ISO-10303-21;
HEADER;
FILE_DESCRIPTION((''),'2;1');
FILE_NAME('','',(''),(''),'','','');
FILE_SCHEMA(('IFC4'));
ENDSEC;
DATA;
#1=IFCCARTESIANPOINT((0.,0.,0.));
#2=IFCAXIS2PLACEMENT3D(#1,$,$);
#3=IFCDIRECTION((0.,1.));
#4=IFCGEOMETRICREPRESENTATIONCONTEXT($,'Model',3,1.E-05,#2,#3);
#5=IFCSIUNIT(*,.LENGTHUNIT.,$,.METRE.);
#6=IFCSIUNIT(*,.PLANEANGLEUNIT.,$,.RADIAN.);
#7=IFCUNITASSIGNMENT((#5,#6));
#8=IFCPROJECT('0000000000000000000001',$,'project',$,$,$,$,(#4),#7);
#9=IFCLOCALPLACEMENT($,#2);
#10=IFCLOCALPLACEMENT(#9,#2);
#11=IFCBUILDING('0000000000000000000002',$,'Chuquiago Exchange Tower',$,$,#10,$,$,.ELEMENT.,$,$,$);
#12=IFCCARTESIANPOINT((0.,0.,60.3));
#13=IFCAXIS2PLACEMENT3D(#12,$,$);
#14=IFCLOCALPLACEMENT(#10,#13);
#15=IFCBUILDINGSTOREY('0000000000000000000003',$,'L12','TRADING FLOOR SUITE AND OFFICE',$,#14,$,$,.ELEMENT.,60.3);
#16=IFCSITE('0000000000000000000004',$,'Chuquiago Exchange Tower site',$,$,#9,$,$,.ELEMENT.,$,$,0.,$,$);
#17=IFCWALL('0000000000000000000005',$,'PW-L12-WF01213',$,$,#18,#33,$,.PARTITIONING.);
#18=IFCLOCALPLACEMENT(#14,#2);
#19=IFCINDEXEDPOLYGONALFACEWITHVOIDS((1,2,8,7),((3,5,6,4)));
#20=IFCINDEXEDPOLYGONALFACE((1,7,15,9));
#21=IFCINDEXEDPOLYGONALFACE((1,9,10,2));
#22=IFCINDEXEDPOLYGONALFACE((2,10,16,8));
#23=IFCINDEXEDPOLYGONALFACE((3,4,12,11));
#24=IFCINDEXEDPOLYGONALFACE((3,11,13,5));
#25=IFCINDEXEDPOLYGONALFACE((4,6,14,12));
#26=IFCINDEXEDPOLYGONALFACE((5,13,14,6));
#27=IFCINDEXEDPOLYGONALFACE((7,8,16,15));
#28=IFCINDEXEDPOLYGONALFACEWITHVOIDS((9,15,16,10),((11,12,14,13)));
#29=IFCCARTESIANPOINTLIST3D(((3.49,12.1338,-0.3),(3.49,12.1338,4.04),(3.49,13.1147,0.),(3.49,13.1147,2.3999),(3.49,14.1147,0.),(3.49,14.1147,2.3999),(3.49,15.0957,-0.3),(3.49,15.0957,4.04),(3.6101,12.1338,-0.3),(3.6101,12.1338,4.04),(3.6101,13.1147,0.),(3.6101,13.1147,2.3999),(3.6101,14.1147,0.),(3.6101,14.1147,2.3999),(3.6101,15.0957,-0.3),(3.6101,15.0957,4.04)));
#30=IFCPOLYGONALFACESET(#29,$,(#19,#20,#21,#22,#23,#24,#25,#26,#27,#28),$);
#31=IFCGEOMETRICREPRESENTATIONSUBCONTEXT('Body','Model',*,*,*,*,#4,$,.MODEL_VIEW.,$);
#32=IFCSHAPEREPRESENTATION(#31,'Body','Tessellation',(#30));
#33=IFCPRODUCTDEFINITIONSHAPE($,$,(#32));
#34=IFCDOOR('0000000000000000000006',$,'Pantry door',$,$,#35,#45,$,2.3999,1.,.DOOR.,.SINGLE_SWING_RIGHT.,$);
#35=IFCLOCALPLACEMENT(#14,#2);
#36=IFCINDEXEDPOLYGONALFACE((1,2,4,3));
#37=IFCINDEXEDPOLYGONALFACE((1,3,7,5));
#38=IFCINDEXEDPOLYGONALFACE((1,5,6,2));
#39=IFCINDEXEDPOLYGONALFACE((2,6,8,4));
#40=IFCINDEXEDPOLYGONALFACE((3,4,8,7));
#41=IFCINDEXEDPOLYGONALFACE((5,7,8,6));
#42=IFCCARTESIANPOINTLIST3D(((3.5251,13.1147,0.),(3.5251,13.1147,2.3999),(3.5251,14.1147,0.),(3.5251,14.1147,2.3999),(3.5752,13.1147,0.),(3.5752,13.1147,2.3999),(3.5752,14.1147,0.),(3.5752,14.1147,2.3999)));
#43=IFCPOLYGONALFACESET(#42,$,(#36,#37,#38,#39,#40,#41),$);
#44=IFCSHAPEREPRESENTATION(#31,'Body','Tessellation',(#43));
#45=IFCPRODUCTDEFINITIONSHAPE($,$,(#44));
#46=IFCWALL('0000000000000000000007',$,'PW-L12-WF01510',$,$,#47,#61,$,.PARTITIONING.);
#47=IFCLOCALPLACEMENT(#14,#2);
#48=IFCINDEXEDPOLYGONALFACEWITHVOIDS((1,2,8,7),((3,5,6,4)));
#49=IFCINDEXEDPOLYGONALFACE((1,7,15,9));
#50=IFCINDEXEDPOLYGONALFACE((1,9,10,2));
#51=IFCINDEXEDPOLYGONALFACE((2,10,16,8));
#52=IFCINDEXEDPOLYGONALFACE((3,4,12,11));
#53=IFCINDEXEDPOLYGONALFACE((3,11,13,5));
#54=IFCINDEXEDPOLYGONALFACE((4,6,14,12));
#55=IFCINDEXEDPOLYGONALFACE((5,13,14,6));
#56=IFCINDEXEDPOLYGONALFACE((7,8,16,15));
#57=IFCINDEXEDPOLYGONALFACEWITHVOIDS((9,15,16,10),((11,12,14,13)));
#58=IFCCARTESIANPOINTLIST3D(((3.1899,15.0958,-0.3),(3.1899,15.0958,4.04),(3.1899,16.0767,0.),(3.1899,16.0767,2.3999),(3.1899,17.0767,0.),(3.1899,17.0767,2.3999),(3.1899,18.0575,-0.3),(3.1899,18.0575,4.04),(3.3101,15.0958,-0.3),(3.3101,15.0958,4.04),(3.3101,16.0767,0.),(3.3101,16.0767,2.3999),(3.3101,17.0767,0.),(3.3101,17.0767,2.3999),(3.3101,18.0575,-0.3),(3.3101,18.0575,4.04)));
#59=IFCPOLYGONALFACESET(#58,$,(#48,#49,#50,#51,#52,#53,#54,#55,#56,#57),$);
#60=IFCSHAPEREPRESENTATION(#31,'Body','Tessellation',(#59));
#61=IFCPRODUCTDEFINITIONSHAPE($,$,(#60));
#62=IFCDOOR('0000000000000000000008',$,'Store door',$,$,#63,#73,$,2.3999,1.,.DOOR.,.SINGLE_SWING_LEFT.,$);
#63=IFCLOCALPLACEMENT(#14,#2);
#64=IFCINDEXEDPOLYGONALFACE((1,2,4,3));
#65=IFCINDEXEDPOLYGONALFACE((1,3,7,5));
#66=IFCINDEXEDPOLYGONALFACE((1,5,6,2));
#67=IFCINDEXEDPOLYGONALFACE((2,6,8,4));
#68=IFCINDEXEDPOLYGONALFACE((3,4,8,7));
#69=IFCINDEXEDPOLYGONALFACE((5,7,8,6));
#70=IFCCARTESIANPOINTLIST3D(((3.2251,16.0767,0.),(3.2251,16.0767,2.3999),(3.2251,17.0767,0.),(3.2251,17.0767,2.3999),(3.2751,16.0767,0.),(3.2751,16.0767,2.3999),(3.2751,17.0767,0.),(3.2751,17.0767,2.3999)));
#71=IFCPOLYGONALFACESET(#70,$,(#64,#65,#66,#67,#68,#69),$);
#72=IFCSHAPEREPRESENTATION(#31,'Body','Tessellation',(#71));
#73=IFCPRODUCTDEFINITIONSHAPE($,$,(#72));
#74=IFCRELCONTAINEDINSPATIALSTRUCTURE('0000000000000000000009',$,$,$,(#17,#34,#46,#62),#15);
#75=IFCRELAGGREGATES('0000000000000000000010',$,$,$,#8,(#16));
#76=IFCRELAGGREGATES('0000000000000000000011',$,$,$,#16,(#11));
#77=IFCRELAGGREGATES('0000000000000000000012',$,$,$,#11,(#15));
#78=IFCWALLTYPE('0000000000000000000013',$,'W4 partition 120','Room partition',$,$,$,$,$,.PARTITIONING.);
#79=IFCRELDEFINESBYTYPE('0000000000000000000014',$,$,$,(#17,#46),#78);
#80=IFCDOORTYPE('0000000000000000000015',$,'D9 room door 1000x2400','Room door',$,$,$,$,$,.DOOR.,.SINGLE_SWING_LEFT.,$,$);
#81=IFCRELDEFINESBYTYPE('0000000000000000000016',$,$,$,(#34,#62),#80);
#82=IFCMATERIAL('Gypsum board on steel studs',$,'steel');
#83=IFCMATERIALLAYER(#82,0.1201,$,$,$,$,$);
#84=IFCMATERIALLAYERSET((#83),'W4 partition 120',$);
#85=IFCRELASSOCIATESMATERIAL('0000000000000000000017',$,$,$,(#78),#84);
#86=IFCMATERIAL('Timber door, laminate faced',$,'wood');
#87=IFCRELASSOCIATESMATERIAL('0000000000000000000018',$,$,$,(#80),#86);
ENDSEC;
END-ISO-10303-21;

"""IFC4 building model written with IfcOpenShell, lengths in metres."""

from ifc_helpers import new_model, si_unit, direction, frame, frame_2d, origin, place, context, subcontext, project, spatial, rectangle, extrude, material, layer, layer_set, type_object, element, fill, save


model = new_model("IFC4")

# Units and contexts
model_context = context("Model", 3, precision=1e-05, world=origin(), true_north=direction((0.0, 1.0)))
body_context = subcontext(model_context, "Body", "Model", "MODEL_VIEW")
ifc_project = project(units=[si_unit("LENGTHUNIT", "METRE"), si_unit("PLANEANGLEUNIT", "RADIAN")], contexts=[model_context])

# Site, building, storey
site_placement = place(None, origin())
site = spatial("IfcSite", under=ifc_project, at=site_placement, Name="Chuquiago Exchange Tower site", CompositionType="ELEMENT", RefElevation=0.0)
building_placement = place(site_placement, origin())
building = spatial("IfcBuilding", under=site, at=building_placement, Name="Chuquiago Exchange Tower", CompositionType="ELEMENT")
storey_placement = place(building_placement, frame((0.0, 0.0, 60.3)))
storey = spatial("IfcBuildingStorey", under=building, at=storey_placement, Name="L12", Description="TRADING FLOOR SUITE AND OFFICE", CompositionType="ELEMENT", Elevation=60.3)

# Shared definitions
ifc_material_1 = material(Name="Gypsum board on steel studs", Category="steel")
ifc_layer_1 = layer(ifc_material_1, 0.1201)
ifc_layer_set_1 = layer_set([ifc_layer_1], Name="W4 partition 120")
wall_type_1 = type_object("IfcWallType", Name="W4 partition 120", Description="Room partition", PredefinedType="PARTITIONING", material=ifc_layer_set_1)

# Shared definitions
ifc_material_2 = material(Name="Timber door, laminate faced", Category="wood")
door_type_1 = type_object("IfcDoorType", Name="D9 room door 1000x2400", Description="Room door", OperationType="SINGLE_SWING_LEFT", PredefinedType="DOOR", material=ifc_material_2)

# Walls, openings, doors
wall_1_placement = place(storey_placement, frame((3.55, 12.1338, -0.3), z_axis=(0.0, 0.0, 1.0), x_axis=(0.0, 1.0, 0.0)))
wall_1 = element("IfcWall", 1, at=wall_1_placement, inside=storey, type_object=wall_type_1, Name="PW-L12-WF01213", PredefinedType="PARTITIONING", context=body_context, shape_type="SweptSolid", body=[
    extrude(rectangle(XDim=2.9619, YDim=0.1201, at=frame_2d((1.481, 0.0))), origin(), (0.0, 0.0, 1.0), 4.3401),
])
opening_1_placement = place(wall_1_placement, frame((0.981, 0.0, 0.3)))
opening_1 = element("IfcOpeningElement", 2, at=opening_1_placement, cuts=wall_1, PredefinedType="OPENING", context=body_context, shape_type="SweptSolid", body=[
    extrude(rectangle(XDim=1.0, YDim=2.3999, at=frame_2d((0.5, 1.2))), frame((0.0, 0.0701, 0.0), z_axis=(0.0, -1.0, 0.0), x_axis=(1.0, 0.0, 0.0)), (0.0, 0.0, 1.0), 0.1401),
])
door_1_placement = place(opening_1_placement, origin())
door_1 = element("IfcDoor", 3, at=door_1_placement, inside=storey, type_object=door_type_1, Name="Pantry door", OperationType="SINGLE_SWING_RIGHT", OverallHeight=2.3999, OverallWidth=1.0, PredefinedType="DOOR", context=body_context, shape_type="SweptSolid", body=[
    extrude(rectangle(XDim=1.0, YDim=2.3999, at=frame_2d((0.5, 1.2))), frame((0.0, 0.0249, 0.0), z_axis=(0.0, -1.0, 0.0), x_axis=(1.0, 0.0, 0.0)), (0.0, 0.0, 1.0), 0.05),
])
fill(opening_1, door_1)
wall_2_placement = place(storey_placement, frame((3.25, 15.0957, -0.3), z_axis=(0.0, 0.0, 1.0), x_axis=(0.0, 1.0, 0.0)))
wall_2 = element("IfcWall", 4, at=wall_2_placement, inside=storey, type_object=wall_type_1, Name="PW-L12-WF01510", PredefinedType="PARTITIONING", context=body_context, shape_type="SweptSolid", body=[
    extrude(rectangle(XDim=2.9617, YDim=0.1201, at=frame_2d((1.481, 0.0))), origin(), (0.0, 0.0, 1.0), 4.3401),
])
opening_2_placement = place(wall_2_placement, frame((0.981, 0.0, 0.3)))
opening_2 = element("IfcOpeningElement", 5, at=opening_2_placement, cuts=wall_2, PredefinedType="OPENING", context=body_context, shape_type="SweptSolid", body=[
    extrude(rectangle(XDim=1.0, YDim=2.3999, at=frame_2d((0.5, 1.2))), frame((0.0, 0.0701, 0.0), z_axis=(0.0, -1.0, 0.0), x_axis=(1.0, 0.0, 0.0)), (0.0, 0.0, 1.0), 0.1401),
])
door_2_placement = place(opening_2_placement, origin())
door_2 = element("IfcDoor", 6, at=door_2_placement, inside=storey, type_object=door_type_1, Name="Store door", OperationType="SINGLE_SWING_LEFT", OverallHeight=2.3999, OverallWidth=1.0, PredefinedType="DOOR", context=body_context, shape_type="SweptSolid", body=[
    extrude(rectangle(XDim=1.0, YDim=2.3999, at=frame_2d((0.5, 1.2))), frame((0.0, 0.0249, 0.0), z_axis=(0.0, -1.0, 0.0), x_axis=(1.0, 0.0, 0.0)), (0.0, 0.0, 1.0), 0.05),
])
fill(opening_2, door_2)

save(model, "model.ifc")
